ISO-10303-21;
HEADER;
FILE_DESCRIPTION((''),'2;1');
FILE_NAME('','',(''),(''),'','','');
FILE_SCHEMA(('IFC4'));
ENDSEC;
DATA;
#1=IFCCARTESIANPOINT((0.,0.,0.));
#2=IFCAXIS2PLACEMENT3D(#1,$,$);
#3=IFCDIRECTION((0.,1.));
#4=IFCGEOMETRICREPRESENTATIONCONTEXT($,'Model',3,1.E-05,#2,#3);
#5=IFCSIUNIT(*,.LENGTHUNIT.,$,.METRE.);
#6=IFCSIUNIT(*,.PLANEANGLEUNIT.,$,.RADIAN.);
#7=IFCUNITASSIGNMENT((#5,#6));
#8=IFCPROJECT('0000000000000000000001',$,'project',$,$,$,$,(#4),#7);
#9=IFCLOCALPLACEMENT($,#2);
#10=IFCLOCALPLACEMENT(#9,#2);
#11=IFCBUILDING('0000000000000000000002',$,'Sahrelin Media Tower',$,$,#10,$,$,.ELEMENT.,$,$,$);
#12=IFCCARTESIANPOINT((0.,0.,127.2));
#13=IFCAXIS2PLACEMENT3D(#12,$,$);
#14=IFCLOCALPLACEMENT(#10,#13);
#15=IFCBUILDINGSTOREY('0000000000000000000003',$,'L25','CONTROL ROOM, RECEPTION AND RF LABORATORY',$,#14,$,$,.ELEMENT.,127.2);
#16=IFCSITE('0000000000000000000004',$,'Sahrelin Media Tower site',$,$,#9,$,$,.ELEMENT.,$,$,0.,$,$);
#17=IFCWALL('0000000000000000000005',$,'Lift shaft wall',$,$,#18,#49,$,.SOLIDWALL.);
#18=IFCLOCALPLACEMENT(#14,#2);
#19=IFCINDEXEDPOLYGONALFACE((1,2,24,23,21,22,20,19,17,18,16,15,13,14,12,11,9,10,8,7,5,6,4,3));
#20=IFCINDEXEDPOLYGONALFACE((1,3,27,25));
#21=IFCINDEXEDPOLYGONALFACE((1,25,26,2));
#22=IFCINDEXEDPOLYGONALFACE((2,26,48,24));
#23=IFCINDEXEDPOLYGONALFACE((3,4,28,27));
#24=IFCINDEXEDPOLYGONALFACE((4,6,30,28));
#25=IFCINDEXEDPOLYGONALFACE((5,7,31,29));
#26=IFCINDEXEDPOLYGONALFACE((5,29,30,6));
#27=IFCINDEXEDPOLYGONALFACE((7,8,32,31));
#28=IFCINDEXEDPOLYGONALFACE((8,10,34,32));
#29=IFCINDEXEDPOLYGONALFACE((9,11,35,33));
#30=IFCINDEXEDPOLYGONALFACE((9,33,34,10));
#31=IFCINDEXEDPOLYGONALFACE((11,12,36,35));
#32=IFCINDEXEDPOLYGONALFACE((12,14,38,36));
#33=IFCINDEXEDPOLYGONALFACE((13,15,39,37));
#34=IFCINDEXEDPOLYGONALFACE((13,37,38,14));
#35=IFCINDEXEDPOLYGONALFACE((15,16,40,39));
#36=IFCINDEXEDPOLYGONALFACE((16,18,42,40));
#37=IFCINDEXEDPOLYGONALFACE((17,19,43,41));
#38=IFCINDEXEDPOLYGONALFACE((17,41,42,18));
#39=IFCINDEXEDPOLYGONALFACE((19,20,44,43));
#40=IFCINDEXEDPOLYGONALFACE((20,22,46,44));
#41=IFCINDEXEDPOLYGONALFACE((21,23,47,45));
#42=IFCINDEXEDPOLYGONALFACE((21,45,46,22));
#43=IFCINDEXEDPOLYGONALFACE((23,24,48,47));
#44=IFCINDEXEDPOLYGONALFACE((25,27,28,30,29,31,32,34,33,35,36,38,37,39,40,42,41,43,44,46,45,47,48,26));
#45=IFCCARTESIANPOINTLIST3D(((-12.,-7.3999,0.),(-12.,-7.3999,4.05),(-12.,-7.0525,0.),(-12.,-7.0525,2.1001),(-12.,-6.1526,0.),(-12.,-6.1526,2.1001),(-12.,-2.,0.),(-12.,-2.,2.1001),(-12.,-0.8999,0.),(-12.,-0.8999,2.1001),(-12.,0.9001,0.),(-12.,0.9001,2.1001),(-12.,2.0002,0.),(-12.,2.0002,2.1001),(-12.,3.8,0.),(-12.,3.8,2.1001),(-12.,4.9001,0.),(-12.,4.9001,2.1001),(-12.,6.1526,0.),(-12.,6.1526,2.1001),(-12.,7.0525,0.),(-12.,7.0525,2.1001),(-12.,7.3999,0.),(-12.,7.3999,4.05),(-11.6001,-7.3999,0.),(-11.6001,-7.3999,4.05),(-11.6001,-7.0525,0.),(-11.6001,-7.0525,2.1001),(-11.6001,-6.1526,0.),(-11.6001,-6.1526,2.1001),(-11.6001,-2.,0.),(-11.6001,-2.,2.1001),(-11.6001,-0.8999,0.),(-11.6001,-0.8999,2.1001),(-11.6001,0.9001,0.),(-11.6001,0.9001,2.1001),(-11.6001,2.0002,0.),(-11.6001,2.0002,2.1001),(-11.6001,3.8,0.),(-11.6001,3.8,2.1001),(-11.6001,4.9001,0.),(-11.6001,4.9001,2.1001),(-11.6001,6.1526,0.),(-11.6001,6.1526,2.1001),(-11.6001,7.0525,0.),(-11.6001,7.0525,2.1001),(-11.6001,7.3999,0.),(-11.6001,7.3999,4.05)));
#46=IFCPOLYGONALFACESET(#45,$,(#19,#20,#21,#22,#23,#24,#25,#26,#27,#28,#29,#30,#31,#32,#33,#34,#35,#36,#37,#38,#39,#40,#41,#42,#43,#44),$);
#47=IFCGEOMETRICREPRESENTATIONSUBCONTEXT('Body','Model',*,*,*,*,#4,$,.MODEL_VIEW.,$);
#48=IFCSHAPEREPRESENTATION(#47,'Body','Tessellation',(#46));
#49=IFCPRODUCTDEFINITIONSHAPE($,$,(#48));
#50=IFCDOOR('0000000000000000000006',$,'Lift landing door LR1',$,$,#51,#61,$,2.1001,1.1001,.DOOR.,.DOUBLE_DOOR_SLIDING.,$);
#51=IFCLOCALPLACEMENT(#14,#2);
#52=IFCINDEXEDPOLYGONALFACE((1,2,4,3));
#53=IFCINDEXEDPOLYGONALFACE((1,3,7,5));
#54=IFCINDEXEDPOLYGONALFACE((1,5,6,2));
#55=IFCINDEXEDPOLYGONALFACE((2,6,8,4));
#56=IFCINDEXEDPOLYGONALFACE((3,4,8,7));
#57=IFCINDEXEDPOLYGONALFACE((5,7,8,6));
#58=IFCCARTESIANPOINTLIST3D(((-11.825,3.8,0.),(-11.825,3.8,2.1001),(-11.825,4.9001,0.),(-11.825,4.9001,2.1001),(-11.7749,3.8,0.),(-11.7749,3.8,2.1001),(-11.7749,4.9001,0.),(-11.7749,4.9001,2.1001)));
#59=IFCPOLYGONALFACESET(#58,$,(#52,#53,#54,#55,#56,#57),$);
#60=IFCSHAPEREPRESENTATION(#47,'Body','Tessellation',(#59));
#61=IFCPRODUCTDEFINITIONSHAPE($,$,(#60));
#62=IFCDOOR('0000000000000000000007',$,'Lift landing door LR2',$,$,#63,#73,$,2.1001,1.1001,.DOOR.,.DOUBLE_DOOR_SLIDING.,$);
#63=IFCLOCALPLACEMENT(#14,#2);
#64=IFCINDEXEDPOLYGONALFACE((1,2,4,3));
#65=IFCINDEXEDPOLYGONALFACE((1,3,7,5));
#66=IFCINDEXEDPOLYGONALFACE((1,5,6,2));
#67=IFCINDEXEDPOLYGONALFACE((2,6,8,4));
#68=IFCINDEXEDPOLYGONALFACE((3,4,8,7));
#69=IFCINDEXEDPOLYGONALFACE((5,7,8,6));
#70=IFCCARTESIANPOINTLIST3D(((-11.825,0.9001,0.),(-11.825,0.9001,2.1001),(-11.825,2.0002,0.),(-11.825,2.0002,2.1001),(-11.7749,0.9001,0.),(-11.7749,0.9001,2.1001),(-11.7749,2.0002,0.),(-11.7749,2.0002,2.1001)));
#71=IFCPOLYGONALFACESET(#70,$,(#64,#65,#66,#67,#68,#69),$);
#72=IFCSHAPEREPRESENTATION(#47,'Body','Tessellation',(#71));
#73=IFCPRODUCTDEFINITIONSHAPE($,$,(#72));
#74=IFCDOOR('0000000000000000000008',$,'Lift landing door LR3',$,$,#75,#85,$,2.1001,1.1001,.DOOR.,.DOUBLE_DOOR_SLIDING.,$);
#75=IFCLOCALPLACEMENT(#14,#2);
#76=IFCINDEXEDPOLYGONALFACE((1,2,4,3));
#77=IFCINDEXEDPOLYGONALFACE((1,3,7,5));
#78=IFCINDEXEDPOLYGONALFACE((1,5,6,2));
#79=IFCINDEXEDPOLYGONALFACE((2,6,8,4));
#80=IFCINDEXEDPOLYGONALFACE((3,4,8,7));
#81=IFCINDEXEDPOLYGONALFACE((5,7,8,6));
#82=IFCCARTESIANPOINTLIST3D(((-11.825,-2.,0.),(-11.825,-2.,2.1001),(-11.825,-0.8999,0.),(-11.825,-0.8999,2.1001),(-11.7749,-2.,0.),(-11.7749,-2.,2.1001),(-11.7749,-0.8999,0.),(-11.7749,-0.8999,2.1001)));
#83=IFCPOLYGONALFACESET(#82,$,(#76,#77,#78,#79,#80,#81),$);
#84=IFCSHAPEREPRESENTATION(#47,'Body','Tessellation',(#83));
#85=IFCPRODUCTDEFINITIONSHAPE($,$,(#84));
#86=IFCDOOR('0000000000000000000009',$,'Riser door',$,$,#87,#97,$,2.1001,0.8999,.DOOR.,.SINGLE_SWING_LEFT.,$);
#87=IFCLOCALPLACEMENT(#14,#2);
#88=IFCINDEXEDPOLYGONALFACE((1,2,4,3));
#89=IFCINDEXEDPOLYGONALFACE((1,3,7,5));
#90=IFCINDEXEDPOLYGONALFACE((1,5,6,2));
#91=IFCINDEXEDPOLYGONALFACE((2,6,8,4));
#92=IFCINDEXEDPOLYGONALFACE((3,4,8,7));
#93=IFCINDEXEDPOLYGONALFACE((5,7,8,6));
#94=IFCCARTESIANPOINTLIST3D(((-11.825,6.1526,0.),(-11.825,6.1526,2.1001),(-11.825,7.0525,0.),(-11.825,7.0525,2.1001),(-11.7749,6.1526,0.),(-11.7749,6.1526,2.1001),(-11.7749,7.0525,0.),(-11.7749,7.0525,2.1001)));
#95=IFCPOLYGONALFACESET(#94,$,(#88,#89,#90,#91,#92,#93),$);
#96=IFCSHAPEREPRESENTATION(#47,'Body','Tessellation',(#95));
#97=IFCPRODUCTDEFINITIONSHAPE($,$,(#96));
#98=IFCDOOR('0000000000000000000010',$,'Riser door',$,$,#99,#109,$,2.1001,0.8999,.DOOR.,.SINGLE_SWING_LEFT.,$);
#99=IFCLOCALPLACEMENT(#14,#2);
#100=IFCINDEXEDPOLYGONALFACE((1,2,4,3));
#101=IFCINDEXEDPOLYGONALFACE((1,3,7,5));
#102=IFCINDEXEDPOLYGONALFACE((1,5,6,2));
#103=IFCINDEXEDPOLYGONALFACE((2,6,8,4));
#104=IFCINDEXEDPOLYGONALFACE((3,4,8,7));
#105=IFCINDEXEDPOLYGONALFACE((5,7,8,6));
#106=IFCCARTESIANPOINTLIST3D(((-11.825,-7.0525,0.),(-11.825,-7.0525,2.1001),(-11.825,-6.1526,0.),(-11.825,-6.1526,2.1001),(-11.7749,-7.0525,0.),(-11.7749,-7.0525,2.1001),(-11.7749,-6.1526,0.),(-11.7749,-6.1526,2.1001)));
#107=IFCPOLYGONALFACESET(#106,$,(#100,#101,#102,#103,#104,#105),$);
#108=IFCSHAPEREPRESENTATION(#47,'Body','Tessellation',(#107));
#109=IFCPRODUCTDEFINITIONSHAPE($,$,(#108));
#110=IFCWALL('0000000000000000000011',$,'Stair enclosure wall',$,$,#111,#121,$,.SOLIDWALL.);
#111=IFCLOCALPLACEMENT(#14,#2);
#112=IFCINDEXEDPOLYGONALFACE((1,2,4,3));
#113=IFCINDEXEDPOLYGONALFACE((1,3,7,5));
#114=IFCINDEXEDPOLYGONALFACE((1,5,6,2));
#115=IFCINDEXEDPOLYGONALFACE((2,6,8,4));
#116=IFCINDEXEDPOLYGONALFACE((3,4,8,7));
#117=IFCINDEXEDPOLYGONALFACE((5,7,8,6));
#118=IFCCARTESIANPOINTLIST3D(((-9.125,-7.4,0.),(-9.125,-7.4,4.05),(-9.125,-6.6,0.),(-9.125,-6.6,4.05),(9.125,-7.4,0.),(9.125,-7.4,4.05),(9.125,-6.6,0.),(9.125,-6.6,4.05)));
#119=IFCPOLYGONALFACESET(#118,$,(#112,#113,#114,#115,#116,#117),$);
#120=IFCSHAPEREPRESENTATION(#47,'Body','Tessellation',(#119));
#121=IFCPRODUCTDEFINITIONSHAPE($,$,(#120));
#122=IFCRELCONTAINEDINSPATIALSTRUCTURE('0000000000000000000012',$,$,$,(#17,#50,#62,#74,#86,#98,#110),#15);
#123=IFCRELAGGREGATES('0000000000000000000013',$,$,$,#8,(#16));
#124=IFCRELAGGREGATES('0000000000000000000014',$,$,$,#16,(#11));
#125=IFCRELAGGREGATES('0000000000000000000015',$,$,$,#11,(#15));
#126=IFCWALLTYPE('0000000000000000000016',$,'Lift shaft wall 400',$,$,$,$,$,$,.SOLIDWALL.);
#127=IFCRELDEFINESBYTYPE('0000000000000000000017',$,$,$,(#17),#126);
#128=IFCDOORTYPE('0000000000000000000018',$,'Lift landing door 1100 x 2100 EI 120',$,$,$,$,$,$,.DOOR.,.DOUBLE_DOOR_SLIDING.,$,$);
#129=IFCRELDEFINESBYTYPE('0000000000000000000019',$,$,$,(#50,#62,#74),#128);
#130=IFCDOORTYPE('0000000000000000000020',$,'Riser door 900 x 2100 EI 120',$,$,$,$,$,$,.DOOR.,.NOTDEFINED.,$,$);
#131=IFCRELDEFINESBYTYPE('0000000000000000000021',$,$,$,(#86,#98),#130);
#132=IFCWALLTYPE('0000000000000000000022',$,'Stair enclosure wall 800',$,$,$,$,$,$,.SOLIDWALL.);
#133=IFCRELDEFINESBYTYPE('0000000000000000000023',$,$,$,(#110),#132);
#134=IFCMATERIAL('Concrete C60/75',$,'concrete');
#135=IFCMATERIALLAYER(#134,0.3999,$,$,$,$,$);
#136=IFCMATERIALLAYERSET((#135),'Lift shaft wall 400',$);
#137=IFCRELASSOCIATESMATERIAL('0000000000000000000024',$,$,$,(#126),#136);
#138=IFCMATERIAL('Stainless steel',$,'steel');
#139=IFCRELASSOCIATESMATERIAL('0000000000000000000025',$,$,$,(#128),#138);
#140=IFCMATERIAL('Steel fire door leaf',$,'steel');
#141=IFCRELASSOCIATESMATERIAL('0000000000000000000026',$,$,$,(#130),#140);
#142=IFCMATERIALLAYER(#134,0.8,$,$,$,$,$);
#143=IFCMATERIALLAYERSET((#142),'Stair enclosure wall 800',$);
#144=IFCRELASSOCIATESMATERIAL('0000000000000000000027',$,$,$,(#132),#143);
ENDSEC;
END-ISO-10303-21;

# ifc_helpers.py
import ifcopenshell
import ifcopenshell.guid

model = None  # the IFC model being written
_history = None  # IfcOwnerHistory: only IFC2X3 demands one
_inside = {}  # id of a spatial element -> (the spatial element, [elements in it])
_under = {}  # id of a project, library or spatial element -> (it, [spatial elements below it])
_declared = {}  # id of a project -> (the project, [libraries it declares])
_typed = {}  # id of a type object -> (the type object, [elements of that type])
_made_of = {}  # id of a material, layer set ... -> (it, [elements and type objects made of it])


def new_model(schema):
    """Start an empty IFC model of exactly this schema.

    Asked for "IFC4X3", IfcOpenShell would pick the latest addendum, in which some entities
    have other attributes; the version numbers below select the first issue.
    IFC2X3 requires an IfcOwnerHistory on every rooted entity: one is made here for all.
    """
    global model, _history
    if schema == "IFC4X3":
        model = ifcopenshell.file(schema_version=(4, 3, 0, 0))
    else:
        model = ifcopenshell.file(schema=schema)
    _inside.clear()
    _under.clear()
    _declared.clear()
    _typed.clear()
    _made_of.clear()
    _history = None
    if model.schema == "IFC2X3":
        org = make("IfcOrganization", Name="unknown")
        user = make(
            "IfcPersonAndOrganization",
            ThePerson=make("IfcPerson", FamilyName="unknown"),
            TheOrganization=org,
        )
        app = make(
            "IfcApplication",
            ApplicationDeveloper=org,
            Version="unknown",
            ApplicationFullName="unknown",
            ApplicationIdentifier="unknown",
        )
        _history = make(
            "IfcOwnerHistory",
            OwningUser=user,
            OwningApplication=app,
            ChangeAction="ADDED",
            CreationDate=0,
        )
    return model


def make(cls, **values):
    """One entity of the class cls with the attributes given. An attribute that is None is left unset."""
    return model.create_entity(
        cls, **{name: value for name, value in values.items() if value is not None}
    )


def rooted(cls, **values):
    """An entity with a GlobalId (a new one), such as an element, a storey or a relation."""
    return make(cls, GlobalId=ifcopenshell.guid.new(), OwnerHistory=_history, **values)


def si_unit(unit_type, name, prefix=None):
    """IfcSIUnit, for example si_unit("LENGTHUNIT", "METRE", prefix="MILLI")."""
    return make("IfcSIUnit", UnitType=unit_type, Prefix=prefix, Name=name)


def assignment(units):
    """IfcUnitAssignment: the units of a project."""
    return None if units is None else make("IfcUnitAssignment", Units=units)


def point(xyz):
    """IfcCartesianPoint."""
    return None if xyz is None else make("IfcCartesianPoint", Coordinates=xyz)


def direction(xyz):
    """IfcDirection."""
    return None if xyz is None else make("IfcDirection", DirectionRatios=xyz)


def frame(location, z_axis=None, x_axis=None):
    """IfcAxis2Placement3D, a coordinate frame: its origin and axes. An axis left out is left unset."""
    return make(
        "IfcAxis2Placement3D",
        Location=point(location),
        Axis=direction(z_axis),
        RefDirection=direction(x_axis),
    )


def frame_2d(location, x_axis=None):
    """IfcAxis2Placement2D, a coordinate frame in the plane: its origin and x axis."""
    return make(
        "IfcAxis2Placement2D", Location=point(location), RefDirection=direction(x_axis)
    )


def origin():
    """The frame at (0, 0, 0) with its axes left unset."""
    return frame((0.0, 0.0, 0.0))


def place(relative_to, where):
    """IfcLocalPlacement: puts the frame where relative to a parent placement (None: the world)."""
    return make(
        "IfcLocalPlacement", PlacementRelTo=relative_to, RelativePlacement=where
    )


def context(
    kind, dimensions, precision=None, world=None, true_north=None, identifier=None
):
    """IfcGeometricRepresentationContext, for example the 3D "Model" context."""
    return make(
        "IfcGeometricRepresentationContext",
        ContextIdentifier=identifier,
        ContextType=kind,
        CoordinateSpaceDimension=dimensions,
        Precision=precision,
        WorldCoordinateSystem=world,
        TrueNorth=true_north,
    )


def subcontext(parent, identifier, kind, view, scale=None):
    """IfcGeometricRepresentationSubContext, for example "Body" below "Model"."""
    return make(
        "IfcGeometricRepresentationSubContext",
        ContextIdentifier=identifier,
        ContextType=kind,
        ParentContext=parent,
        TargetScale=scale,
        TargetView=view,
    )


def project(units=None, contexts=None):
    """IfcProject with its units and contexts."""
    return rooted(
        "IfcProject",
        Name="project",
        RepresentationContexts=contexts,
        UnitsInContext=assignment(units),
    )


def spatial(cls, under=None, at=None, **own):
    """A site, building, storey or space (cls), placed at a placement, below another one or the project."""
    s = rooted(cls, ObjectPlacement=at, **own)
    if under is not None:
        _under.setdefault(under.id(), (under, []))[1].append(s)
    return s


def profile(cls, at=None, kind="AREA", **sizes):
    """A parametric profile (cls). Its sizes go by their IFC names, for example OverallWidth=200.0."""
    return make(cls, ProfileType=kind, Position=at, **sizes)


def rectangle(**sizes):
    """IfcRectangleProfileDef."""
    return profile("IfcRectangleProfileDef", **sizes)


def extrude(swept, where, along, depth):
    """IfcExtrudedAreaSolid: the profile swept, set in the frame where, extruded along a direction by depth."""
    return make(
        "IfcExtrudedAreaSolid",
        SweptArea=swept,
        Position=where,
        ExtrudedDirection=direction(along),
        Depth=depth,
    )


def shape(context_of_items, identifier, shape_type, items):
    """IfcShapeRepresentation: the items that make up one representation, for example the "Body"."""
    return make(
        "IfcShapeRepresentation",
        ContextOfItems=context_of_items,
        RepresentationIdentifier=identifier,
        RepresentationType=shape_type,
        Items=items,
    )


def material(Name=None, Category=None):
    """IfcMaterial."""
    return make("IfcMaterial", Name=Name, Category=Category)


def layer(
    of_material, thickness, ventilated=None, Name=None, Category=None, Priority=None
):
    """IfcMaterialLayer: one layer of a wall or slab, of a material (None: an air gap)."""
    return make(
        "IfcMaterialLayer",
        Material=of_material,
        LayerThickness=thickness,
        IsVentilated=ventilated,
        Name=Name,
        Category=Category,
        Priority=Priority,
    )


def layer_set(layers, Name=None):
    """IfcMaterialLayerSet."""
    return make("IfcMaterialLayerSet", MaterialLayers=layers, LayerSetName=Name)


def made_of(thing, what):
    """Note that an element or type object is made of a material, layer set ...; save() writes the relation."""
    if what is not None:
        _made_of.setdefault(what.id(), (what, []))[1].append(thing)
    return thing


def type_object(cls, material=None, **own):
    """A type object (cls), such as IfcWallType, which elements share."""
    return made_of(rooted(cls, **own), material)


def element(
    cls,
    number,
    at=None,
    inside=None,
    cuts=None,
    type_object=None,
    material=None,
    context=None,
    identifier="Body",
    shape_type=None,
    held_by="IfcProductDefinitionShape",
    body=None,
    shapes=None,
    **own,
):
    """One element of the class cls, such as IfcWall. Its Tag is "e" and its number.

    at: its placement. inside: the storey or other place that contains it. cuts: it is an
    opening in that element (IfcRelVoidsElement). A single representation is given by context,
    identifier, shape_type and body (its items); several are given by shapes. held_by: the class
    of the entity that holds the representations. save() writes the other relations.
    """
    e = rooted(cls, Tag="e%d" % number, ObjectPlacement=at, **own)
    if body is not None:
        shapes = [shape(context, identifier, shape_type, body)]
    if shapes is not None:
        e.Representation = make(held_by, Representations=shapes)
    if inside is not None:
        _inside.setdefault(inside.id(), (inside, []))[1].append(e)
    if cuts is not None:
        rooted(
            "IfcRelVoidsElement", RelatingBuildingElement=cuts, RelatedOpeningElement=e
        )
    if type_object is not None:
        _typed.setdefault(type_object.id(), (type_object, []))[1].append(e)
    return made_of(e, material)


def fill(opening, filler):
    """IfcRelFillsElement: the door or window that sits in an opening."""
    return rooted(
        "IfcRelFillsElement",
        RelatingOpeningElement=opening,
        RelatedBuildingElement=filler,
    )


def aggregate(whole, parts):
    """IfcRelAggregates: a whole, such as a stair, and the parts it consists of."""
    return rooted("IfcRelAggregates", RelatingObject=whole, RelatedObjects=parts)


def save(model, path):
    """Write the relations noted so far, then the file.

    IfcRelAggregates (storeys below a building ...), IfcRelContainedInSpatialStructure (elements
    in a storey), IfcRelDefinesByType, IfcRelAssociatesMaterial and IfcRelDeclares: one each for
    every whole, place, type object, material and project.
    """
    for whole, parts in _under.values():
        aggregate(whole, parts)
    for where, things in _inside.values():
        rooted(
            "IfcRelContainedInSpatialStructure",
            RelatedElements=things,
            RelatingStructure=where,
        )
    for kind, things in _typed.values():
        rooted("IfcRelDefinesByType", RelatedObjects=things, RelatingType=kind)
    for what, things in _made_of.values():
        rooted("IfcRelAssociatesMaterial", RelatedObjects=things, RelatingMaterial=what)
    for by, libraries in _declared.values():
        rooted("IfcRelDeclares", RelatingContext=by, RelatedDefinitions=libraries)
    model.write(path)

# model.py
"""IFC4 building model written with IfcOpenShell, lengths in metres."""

from ifc_helpers import new_model, si_unit, direction, frame, frame_2d, origin, place, context, subcontext, project, spatial, rectangle, extrude, material, layer, layer_set, type_object, element, fill, save


model = new_model("IFC4")

# Units and contexts
model_context = context("Model", 3, precision=1e-05, world=origin(), true_north=direction((0.0, 1.0)))
body_context = subcontext(model_context, "Body", "Model", "MODEL_VIEW")
ifc_project = project(units=[si_unit("LENGTHUNIT", "METRE"), si_unit("PLANEANGLEUNIT", "RADIAN")], contexts=[model_context])

# Site, building, storey
site_placement = place(None, origin())
site = spatial("IfcSite", under=ifc_project, at=site_placement, Name="Sahrelin Media Tower site", CompositionType="ELEMENT", RefElevation=0.0)
building_placement = place(site_placement, origin())
building = spatial("IfcBuilding", under=site, at=building_placement, Name="Sahrelin Media Tower", CompositionType="ELEMENT")
storey_placement = place(building_placement, frame((0.0, 0.0, 127.2)))
storey = spatial("IfcBuildingStorey", under=building, at=storey_placement, Name="L25", Description="CONTROL ROOM, RECEPTION AND RF LABORATORY", CompositionType="ELEMENT", Elevation=127.2)

# Shared definitions
ifc_material_1 = material(Name="Steel fire door leaf", Category="steel")

# Shared definitions
ifc_material_2 = material(Name="Concrete C60/75", Category="concrete")
ifc_material_3 = material(Name="Stainless steel", Category="steel")

# Wall, openings, doors
ifc_layer_1 = layer(ifc_material_2, 0.3999)
ifc_layer_set_1 = layer_set([ifc_layer_1], Name="Lift shaft wall 400")
wall_type_1 = type_object("IfcWallType", Name="Lift shaft wall 400", PredefinedType="SOLIDWALL", material=ifc_layer_set_1)
wall_1_placement = place(storey_placement, frame((-11.8, -7.3999, 0.0), z_axis=(0.0, 0.0, 1.0), x_axis=(0.0, 1.0, 0.0)))
wall_1 = element("IfcWall", 1, at=wall_1_placement, inside=storey, type_object=wall_type_1, Name="Lift shaft wall", PredefinedType="SOLIDWALL", context=body_context, shape_type="SweptSolid", body=[
    extrude(rectangle(XDim=14.7998, YDim=0.3999, at=frame_2d((7.3999, 0.0))), origin(), (0.0, 0.0, 1.0), 4.05),
])
opening_1_placement = place(wall_1_placement, frame((11.2, 0.0, 0.0)))
opening_1 = element("IfcOpeningElement", 2, at=opening_1_placement, cuts=wall_1, PredefinedType="OPENING", context=body_context, shape_type="SweptSolid", body=[
    extrude(rectangle(XDim=1.1001, YDim=2.1001, at=frame_2d((0.55, 1.05))), frame((0.0, 0.2, 0.0), z_axis=(0.0, -1.0, 0.0), x_axis=(1.0, 0.0, 0.0)), (0.0, 0.0, 1.0), 0.3999),
])
opening_2_placement = place(wall_1_placement, frame((8.3, 0.0, 0.0)))
opening_2 = element("IfcOpeningElement", 3, at=opening_2_placement, cuts=wall_1, PredefinedType="OPENING", context=body_context, shape_type="SweptSolid", body=[
    extrude(rectangle(XDim=1.1001, YDim=2.1001, at=frame_2d((0.55, 1.05))), frame((0.0, 0.2, 0.0), z_axis=(0.0, -1.0, 0.0), x_axis=(1.0, 0.0, 0.0)), (0.0, 0.0, 1.0), 0.3999),
])
opening_3_placement = place(wall_1_placement, frame((5.3999, 0.0, 0.0)))
opening_3 = element("IfcOpeningElement", 4, at=opening_3_placement, cuts=wall_1, PredefinedType="OPENING", context=body_context, shape_type="SweptSolid", body=[
    extrude(rectangle(XDim=1.1001, YDim=2.1001, at=frame_2d((0.55, 1.05))), frame((0.0, 0.2, 0.0), z_axis=(0.0, -1.0, 0.0), x_axis=(1.0, 0.0, 0.0)), (0.0, 0.0, 1.0), 0.3999),
])
opening_4_placement = place(wall_1_placement, frame((13.5525, 0.0, 0.0)))
opening_4 = element("IfcOpeningElement", 5, at=opening_4_placement, cuts=wall_1, PredefinedType="OPENING", context=body_context, shape_type="SweptSolid", body=[
    extrude(rectangle(XDim=0.8999, YDim=2.1001, at=frame_2d((0.45, 1.05))), frame((0.0, 0.2, 0.0), z_axis=(0.0, -1.0, 0.0), x_axis=(1.0, 0.0, 0.0)), (0.0, 0.0, 1.0), 0.3999),
])
opening_5_placement = place(wall_1_placement, frame((0.3474, 0.0, 0.0)))
opening_5 = element("IfcOpeningElement", 6, at=opening_5_placement, cuts=wall_1, PredefinedType="OPENING", context=body_context, shape_type="SweptSolid", body=[
    extrude(rectangle(XDim=0.8999, YDim=2.1001, at=frame_2d((0.45, 1.05))), frame((0.0, 0.2, 0.0), z_axis=(0.0, -1.0, 0.0), x_axis=(1.0, 0.0, 0.0)), (0.0, 0.0, 1.0), 0.3999),
])
door_type_1 = type_object("IfcDoorType", Name="Lift landing door 1100 x 2100 EI 120", OperationType="DOUBLE_DOOR_SLIDING", PredefinedType="DOOR", material=ifc_material_3)
door_1_placement = place(opening_1_placement, origin())
door_1 = element("IfcDoor", 7, at=door_1_placement, inside=storey, type_object=door_type_1, Name="Lift landing door LR1", OperationType="DOUBLE_DOOR_SLIDING", OverallHeight=2.1001, OverallWidth=1.1001, PredefinedType="DOOR", context=body_context, shape_type="SweptSolid", body=[
    extrude(rectangle(XDim=1.1001, YDim=2.1001, at=frame_2d((0.55, 1.05))), frame((0.0, 0.0249, 0.0), z_axis=(0.0, -1.0, 0.0), x_axis=(1.0, 0.0, 0.0)), (0.0, 0.0, 1.0), 0.05),
])
fill(opening_1, door_1)
door_2_placement = place(opening_2_placement, origin())
door_2 = element("IfcDoor", 8, at=door_2_placement, inside=storey, type_object=door_type_1, Name="Lift landing door LR2", OperationType="DOUBLE_DOOR_SLIDING", OverallHeight=2.1001, OverallWidth=1.1001, PredefinedType="DOOR", context=body_context, shape_type="SweptSolid", body=[
    extrude(rectangle(XDim=1.1001, YDim=2.1001, at=frame_2d((0.55, 1.05))), frame((0.0, 0.0249, 0.0), z_axis=(0.0, -1.0, 0.0), x_axis=(1.0, 0.0, 0.0)), (0.0, 0.0, 1.0), 0.05),
])
fill(opening_2, door_2)
door_3_placement = place(opening_3_placement, origin())
door_3 = element("IfcDoor", 9, at=door_3_placement, inside=storey, type_object=door_type_1, Name="Lift landing door LR3", OperationType="DOUBLE_DOOR_SLIDING", OverallHeight=2.1001, OverallWidth=1.1001, PredefinedType="DOOR", context=body_context, shape_type="SweptSolid", body=[
    extrude(rectangle(XDim=1.1001, YDim=2.1001, at=frame_2d((0.55, 1.05))), frame((0.0, 0.0249, 0.0), z_axis=(0.0, -1.0, 0.0), x_axis=(1.0, 0.0, 0.0)), (0.0, 0.0, 1.0), 0.05),
])
fill(opening_3, door_3)
door_type_2 = type_object("IfcDoorType", Name="Riser door 900 x 2100 EI 120", OperationType="NOTDEFINED", PredefinedType="DOOR", material=ifc_material_1)
door_4_placement = place(opening_4_placement, origin())
door_4 = element("IfcDoor", 10, at=door_4_placement, inside=storey, type_object=door_type_2, Name="Riser door", OperationType="SINGLE_SWING_LEFT", OverallHeight=2.1001, OverallWidth=0.8999, PredefinedType="DOOR", context=body_context, shape_type="SweptSolid", body=[
    extrude(rectangle(XDim=0.8999, YDim=2.1001, at=frame_2d((0.45, 1.05))), frame((0.0, 0.0249, 0.0), z_axis=(0.0, -1.0, 0.0), x_axis=(1.0, 0.0, 0.0)), (0.0, 0.0, 1.0), 0.05),
])
fill(opening_4, door_4)
door_5_placement = place(opening_5_placement, origin())
door_5 = element("IfcDoor", 11, at=door_5_placement, inside=storey, type_object=door_type_2, Name="Riser door", OperationType="SINGLE_SWING_LEFT", OverallHeight=2.1001, OverallWidth=0.8999, PredefinedType="DOOR", context=body_context, shape_type="SweptSolid", body=[
    extrude(rectangle(XDim=0.8999, YDim=2.1001, at=frame_2d((0.45, 1.05))), frame((0.0, 0.0249, 0.0), z_axis=(0.0, -1.0, 0.0), x_axis=(1.0, 0.0, 0.0)), (0.0, 0.0, 1.0), 0.05),
])
fill(opening_5, door_5)

# Wall
ifc_layer_2 = layer(ifc_material_2, 0.8)
ifc_layer_set_2 = layer_set([ifc_layer_2], Name="Stair enclosure wall 800")
wall_type_2 = type_object("IfcWallType", Name="Stair enclosure wall 800", PredefinedType="SOLIDWALL", material=ifc_layer_set_2)
wall_2_placement = place(storey_placement, frame((-9.125, -7.0, 0.0), z_axis=(0.0, 0.0, 1.0), x_axis=(1.0, 0.0, 0.0)))
element("IfcWall", 12, at=wall_2_placement, inside=storey, type_object=wall_type_2, Name="Stair enclosure wall", PredefinedType="SOLIDWALL", context=body_context, shape_type="SweptSolid", body=[
    extrude(rectangle(XDim=18.25, YDim=0.8, at=frame_2d((9.125, 0.0))), origin(), (0.0, 0.0, 1.0), 4.05),
])

save(model, "model.ifc")
